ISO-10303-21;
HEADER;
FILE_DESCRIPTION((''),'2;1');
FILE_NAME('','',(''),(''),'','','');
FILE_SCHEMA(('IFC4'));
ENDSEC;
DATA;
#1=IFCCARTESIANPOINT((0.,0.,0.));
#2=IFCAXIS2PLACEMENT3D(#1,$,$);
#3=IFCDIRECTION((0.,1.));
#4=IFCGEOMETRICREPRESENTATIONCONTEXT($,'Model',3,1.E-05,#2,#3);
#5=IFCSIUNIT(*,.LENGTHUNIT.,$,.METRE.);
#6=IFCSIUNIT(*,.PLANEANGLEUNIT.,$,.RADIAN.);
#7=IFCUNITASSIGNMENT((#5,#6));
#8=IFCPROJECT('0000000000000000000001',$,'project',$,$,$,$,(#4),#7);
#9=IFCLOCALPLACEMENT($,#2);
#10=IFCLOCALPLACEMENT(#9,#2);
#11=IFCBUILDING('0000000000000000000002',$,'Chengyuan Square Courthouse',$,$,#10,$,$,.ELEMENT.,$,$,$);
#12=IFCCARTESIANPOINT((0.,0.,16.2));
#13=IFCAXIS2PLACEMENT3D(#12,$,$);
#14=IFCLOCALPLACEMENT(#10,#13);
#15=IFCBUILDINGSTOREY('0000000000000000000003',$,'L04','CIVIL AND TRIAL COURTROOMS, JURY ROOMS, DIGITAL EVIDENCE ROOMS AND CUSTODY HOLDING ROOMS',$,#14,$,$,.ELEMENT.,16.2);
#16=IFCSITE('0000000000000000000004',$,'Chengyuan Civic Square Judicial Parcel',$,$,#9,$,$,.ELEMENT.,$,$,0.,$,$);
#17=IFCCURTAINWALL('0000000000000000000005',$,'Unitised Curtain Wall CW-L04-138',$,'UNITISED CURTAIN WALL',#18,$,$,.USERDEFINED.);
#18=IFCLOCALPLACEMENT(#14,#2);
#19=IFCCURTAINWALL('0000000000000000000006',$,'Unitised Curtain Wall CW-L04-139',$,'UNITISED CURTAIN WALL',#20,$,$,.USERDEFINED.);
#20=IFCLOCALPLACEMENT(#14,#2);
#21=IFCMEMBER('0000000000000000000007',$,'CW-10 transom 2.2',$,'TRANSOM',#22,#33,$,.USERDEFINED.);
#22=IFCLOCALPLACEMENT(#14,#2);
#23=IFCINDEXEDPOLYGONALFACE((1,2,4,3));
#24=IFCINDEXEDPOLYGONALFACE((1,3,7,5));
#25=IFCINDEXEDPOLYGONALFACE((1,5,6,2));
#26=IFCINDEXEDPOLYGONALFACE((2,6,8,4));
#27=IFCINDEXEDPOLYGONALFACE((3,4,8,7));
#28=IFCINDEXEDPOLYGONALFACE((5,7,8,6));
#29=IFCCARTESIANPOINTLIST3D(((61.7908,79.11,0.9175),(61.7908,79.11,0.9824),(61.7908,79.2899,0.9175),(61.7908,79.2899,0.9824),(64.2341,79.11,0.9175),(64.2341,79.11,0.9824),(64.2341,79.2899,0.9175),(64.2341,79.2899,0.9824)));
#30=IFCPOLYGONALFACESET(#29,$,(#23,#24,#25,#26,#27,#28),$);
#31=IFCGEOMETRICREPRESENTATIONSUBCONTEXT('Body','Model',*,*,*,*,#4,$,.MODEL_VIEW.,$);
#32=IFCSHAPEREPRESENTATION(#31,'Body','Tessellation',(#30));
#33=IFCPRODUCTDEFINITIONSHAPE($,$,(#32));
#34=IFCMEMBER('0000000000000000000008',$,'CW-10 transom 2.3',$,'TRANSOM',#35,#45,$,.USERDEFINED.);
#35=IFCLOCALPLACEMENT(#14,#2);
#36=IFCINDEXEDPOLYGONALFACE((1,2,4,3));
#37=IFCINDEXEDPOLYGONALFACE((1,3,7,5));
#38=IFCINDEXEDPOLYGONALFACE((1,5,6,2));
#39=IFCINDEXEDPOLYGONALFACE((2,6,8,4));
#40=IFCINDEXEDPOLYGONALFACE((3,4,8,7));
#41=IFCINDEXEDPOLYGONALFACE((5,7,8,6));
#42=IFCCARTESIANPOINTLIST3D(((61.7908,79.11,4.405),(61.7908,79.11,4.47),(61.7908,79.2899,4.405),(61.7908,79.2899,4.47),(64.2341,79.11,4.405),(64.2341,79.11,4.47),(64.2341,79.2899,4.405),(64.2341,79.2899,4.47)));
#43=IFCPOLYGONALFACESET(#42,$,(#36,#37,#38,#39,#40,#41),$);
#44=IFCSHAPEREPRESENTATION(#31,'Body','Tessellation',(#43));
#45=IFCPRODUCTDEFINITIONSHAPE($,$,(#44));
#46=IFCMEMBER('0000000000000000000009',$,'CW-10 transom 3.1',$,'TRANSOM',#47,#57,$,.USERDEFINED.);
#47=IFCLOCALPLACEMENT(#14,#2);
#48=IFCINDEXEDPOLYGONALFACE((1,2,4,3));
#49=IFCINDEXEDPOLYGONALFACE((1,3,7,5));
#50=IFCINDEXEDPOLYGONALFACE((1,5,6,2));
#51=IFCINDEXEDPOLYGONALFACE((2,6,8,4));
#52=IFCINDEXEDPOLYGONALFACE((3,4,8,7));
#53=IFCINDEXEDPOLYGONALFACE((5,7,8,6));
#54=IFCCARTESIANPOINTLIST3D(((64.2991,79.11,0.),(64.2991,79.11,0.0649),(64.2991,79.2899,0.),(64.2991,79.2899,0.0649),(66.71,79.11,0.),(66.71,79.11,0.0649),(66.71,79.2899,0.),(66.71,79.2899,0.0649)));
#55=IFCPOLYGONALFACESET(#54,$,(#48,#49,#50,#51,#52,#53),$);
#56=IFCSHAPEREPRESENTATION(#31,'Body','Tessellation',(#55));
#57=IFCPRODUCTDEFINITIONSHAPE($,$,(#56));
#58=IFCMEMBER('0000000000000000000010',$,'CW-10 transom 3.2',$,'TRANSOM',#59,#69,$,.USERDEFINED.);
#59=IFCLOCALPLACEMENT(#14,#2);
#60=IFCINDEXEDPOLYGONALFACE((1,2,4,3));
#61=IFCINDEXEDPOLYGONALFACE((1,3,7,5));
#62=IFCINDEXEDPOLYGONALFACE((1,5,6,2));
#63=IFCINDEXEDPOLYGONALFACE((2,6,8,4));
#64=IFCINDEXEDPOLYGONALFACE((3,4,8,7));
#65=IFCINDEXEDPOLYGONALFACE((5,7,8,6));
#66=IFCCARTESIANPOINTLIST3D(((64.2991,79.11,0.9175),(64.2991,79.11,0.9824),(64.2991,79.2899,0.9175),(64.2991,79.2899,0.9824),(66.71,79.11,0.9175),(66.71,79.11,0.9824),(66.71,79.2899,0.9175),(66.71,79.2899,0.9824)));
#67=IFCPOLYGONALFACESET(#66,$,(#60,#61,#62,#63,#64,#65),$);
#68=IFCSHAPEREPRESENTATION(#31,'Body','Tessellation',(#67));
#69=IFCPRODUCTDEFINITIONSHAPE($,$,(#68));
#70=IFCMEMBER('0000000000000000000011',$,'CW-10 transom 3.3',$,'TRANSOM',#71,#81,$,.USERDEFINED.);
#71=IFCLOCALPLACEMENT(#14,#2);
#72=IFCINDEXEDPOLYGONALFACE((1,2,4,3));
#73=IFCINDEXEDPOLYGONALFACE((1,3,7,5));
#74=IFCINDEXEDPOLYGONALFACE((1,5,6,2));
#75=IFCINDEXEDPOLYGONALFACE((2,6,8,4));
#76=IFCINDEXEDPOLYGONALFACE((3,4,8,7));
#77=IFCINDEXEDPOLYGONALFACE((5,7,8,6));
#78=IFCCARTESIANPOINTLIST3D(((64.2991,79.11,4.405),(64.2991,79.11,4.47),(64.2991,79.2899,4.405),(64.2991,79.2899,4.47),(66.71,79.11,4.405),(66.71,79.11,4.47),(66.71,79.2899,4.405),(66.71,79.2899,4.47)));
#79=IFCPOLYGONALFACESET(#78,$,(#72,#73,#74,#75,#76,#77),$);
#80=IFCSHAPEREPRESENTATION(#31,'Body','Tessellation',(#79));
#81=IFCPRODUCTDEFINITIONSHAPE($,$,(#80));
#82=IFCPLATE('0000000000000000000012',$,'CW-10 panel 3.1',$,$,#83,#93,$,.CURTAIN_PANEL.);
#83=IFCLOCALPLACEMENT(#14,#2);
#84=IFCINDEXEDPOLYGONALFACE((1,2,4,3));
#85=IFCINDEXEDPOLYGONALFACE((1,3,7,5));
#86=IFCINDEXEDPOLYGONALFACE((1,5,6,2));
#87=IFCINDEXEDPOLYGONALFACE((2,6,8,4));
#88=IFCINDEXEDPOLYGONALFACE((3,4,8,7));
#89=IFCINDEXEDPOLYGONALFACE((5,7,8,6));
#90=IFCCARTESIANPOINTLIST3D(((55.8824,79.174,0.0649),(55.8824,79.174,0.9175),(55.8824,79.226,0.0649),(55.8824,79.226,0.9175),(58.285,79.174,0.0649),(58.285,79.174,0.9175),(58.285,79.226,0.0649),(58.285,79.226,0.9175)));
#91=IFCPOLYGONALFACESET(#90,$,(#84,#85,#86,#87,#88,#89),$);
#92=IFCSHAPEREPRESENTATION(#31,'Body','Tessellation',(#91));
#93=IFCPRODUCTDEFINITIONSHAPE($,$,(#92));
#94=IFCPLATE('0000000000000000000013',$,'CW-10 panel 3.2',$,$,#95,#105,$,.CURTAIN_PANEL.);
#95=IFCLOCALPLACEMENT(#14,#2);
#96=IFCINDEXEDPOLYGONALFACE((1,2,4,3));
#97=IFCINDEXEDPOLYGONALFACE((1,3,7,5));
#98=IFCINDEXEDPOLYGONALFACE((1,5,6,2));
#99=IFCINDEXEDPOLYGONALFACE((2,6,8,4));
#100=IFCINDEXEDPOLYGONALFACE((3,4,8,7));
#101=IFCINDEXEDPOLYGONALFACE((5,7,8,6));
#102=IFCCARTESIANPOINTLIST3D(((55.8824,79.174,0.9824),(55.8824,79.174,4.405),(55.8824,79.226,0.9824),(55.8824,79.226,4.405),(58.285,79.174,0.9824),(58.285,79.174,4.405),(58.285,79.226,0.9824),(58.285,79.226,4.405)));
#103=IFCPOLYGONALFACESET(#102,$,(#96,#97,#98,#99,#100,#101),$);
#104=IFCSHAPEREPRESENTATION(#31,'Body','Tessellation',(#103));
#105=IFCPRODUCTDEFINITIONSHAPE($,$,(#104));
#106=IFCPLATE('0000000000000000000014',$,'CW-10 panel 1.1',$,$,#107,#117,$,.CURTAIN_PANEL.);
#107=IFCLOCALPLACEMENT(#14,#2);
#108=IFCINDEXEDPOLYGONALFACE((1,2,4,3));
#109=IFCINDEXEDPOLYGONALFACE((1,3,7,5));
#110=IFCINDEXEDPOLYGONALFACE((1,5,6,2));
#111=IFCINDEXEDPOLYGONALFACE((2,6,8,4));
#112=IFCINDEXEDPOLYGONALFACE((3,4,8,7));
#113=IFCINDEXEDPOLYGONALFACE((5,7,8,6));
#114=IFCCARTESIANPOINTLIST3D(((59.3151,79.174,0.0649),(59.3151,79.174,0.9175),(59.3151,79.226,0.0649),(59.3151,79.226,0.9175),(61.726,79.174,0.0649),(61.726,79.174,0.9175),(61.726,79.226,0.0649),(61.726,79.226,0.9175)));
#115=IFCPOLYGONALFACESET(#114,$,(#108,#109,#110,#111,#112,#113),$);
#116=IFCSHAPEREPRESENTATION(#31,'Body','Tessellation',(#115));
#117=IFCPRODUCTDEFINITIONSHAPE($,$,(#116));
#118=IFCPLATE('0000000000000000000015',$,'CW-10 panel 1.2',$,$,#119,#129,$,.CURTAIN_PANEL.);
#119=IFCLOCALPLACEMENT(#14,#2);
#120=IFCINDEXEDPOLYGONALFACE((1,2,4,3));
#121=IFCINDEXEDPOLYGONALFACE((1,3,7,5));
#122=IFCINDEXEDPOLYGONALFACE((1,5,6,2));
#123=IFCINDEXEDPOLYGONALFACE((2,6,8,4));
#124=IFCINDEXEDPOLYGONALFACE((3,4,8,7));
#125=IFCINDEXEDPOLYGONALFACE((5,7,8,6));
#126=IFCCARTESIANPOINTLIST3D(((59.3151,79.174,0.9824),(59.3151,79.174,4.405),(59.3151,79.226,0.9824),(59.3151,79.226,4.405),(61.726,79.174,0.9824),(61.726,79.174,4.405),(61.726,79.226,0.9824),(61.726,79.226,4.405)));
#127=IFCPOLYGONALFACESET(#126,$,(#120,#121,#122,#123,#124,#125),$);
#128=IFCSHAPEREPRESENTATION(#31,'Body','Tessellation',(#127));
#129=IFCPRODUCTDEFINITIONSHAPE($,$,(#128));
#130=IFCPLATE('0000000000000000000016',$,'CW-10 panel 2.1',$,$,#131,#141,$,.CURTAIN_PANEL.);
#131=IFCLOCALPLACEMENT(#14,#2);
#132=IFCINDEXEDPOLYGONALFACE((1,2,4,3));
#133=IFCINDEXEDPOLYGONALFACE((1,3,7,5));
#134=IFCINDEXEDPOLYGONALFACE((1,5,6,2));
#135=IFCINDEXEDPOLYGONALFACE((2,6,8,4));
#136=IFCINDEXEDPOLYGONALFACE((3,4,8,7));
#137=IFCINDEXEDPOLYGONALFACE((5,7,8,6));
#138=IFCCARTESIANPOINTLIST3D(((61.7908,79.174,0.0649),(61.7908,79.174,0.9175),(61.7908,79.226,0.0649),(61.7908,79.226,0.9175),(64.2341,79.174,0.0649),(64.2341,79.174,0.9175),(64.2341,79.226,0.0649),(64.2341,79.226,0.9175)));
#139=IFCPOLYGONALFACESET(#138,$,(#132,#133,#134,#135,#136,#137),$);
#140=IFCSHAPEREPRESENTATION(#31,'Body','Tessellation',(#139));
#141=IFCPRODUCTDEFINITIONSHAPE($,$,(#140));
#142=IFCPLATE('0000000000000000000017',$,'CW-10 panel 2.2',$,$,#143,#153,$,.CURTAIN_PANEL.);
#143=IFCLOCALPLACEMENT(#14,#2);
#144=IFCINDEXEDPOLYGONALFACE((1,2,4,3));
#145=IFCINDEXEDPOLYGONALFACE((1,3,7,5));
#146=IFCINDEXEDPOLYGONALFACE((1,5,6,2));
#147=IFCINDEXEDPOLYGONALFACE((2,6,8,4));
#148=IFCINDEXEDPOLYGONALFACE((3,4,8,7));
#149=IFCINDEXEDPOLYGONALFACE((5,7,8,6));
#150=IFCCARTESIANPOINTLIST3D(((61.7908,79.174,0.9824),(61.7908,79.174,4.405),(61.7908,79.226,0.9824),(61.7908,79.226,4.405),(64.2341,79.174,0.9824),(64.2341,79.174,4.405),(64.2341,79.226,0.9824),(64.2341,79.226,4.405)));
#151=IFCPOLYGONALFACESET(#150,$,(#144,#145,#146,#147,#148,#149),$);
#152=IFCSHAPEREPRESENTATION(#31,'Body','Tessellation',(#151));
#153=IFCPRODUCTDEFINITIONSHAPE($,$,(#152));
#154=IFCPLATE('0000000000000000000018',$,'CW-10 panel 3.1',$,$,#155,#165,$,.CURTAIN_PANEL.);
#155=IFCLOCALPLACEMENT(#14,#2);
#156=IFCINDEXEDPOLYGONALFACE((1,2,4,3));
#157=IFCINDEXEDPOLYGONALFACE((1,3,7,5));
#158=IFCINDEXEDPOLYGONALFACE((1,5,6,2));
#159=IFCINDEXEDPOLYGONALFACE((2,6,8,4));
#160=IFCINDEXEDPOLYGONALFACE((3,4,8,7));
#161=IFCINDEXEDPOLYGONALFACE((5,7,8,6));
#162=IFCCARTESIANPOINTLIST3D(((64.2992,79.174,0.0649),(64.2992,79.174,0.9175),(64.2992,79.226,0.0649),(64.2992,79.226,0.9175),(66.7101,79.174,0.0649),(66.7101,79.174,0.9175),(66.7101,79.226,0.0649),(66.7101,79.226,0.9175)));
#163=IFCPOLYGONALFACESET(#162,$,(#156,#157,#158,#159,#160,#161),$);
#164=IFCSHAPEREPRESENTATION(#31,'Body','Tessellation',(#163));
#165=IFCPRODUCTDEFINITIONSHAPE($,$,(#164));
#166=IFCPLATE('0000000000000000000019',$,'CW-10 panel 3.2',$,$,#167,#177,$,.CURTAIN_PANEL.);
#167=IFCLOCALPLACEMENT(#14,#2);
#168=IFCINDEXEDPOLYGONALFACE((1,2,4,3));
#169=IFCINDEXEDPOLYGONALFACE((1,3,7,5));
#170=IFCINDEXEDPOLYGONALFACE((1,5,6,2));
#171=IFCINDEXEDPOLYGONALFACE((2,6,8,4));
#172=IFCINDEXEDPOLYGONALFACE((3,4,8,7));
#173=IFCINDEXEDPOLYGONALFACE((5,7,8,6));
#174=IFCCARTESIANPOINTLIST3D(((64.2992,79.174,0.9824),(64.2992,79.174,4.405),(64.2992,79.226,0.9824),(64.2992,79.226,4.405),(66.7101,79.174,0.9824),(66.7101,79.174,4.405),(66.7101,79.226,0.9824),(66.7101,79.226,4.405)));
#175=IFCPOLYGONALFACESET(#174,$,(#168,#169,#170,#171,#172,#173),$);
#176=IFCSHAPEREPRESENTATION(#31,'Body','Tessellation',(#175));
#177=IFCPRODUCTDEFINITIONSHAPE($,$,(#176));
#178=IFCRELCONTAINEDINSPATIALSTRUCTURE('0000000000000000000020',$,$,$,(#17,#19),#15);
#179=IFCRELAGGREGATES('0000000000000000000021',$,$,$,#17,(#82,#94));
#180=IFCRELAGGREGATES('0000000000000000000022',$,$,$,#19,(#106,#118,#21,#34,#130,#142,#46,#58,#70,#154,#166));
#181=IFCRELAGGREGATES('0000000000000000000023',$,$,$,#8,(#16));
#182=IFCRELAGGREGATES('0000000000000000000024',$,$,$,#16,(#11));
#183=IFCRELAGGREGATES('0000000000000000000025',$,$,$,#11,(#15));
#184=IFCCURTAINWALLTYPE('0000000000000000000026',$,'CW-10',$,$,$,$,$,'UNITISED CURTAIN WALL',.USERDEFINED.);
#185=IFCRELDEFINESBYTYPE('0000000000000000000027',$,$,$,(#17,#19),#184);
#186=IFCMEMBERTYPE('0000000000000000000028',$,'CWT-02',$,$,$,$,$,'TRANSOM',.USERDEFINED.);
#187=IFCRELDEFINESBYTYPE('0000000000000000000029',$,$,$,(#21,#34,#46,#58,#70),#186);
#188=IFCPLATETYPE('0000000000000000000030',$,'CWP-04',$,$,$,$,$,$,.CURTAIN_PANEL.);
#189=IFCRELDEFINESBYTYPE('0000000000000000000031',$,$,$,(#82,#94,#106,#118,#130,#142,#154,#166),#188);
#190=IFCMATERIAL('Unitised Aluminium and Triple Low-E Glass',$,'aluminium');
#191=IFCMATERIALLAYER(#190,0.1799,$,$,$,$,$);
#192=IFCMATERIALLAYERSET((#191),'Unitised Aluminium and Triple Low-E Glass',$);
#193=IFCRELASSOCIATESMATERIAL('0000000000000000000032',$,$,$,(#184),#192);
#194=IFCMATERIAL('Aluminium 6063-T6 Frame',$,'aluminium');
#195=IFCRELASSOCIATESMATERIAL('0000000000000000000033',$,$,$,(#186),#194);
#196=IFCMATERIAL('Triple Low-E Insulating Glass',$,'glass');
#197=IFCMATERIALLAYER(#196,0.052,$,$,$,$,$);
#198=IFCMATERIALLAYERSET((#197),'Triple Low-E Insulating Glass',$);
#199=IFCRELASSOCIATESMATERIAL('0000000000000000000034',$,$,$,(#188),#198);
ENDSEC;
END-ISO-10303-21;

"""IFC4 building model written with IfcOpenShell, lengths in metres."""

from ifc_helpers import new_model, si_unit, direction, frame, origin, origin_2d, place, context, subcontext, project, spatial, rectangle, extrude, material, layer, layer_set, material_profile, profile_set, type_object, element, aggregate, save


model = new_model("IFC4")

# Units and contexts
model_context = context("Model", 3, precision=1e-05, world=origin(), true_north=direction((0.0, 1.0)))
body_context = subcontext(model_context, "Body", "Model", "MODEL_VIEW")
ifc_project = project(units=[si_unit("LENGTHUNIT", "METRE"), si_unit("PLANEANGLEUNIT", "RADIAN")], contexts=[model_context])

# Site, building, storey
site_placement = place(None, origin())
site = spatial("IfcSite", under=ifc_project, at=site_placement, Name="Chengyuan Civic Square Judicial Parcel", CompositionType="ELEMENT", RefElevation=0.0)
building_placement = place(site_placement, origin())
building = spatial("IfcBuilding", under=site, at=building_placement, Name="Chengyuan Square Courthouse", CompositionType="ELEMENT")
storey_placement = place(building_placement, frame((0.0, 0.0, 16.2)))
storey = spatial("IfcBuildingStorey", under=building, at=storey_placement, Name="L04", Description="CIVIL AND TRIAL COURTROOMS, JURY ROOMS, DIGITAL EVIDENCE ROOMS AND CUSTODY HOLDING ROOMS", CompositionType="ELEMENT", Elevation=16.2)

# Curtain wall
ifc_material_1 = material(Name="Unitised Aluminium and Triple Low-E Glass", Category="aluminium")
ifc_layer_1 = layer(ifc_material_1, 0.1799)
ifc_layer_set_1 = layer_set([ifc_layer_1], Name="Unitised Aluminium and Triple Low-E Glass")
curtain_wall_type = type_object("IfcCurtainWallType", Name="CW-10", ElementType="UNITISED CURTAIN WALL", PredefinedType="USERDEFINED", material=ifc_layer_set_1)
curtain_wall_1_placement = place(storey_placement, origin())
curtain_wall_1 = element("IfcCurtainWall", 1, at=curtain_wall_1_placement, inside=storey, type_object=curtain_wall_type, Name="Unitised Curtain Wall CW-L04-138", ObjectType="UNITISED CURTAIN WALL", PredefinedType="USERDEFINED")
ifc_material_2 = material(Name="Aluminium 6063-T6 Frame", Category="aluminium")

# Curtain wall, members
curtain_wall_2_placement = place(storey_placement, origin())
curtain_wall_2 = element("IfcCurtainWall", 2, at=curtain_wall_2_placement, inside=storey, type_object=curtain_wall_type, Name="Unitised Curtain Wall CW-L04-139", ObjectType="UNITISED CURTAIN WALL", PredefinedType="USERDEFINED")
ifc_material_profile_1 = material_profile(ifc_material_2, rectangle(XDim=0.1799, YDim=0.0649, at=origin_2d()), Name="CW-TRN-65x140")
ifc_profile_set_1 = profile_set([ifc_material_profile_1], Name="Aluminium 6063-T6 Frame")
member_type_1 = type_object("IfcMemberType", Name="CWT-02", ElementType="TRANSOM", PredefinedType="USERDEFINED", material=ifc_profile_set_1)
member_1_placement = place(storey_placement, frame((61.7908, 79.2, 0.95), z_axis=(1.0, 0.0, 0.0), x_axis=(0.0, 1.0, 0.0)))
member_1 = element("IfcMember", 3, at=member_1_placement, type_object=member_type_1, Name="CW-10 transom 2.2", ObjectType="TRANSOM", PredefinedType="USERDEFINED", context=body_context, shape_type="SweptSolid", body=[
    extrude(rectangle(XDim=0.1799, YDim=0.0649, at=origin_2d()), origin(), (0.0, 0.0, 1.0), 2.4434),
])
member_2_placement = place(storey_placement, frame((61.7908, 79.2, 4.4375), z_axis=(1.0, 0.0, 0.0), x_axis=(0.0, 1.0, 0.0)))
member_2 = element("IfcMember", 4, at=member_2_placement, type_object=member_type_1, Name="CW-10 transom 2.3", ObjectType="TRANSOM", PredefinedType="USERDEFINED", context=body_context, shape_type="SweptSolid", body=[
    extrude(rectangle(XDim=0.1799, YDim=0.0649, at=origin_2d()), origin(), (0.0, 0.0, 1.0), 2.4434),
])
member_3_placement = place(storey_placement, frame((64.2991, 79.2, 0.0325), z_axis=(1.0, 0.0, 0.0), x_axis=(0.0, 1.0, 0.0)))
member_3 = element("IfcMember", 5, at=member_3_placement, type_object=member_type_1, Name="CW-10 transom 3.1", ObjectType="TRANSOM", PredefinedType="USERDEFINED", context=body_context, shape_type="SweptSolid", body=[
    extrude(rectangle(XDim=0.1799, YDim=0.0649, at=origin_2d()), origin(), (0.0, 0.0, 1.0), 2.4109),
])
member_4_placement = place(storey_placement, frame((64.2991, 79.2, 0.95), z_axis=(1.0, 0.0, 0.0), x_axis=(0.0, 1.0, 0.0)))
member_4 = element("IfcMember", 6, at=member_4_placement, type_object=member_type_1, Name="CW-10 transom 3.2", ObjectType="TRANSOM", PredefinedType="USERDEFINED", context=body_context, shape_type="SweptSolid", body=[
    extrude(rectangle(XDim=0.1799, YDim=0.0649, at=origin_2d()), origin(), (0.0, 0.0, 1.0), 2.4109),
])
member_5_placement = place(storey_placement, frame((64.2991, 79.2, 4.4375), z_axis=(1.0, 0.0, 0.0), x_axis=(0.0, 1.0, 0.0)))
member_5 = element("IfcMember", 7, at=member_5_placement, type_object=member_type_1, Name="CW-10 transom 3.3", ObjectType="TRANSOM", PredefinedType="USERDEFINED", context=body_context, shape_type="SweptSolid", body=[
    extrude(rectangle(XDim=0.1799, YDim=0.0649, at=origin_2d()), origin(), (0.0, 0.0, 1.0), 2.4109),
])

# Plates
ifc_material_3 = material(Name="Triple Low-E Insulating Glass", Category="glass")
ifc_layer_2 = layer(ifc_material_3, 0.052)
ifc_layer_set_2 = layer_set([ifc_layer_2], Name="Triple Low-E Insulating Glass")
plate_type = type_object("IfcPlateType", Name="CWP-04", PredefinedType="CURTAIN_PANEL", material=ifc_layer_set_2)
plate_1_placement = place(storey_placement, frame((57.0837, 79.2, 0.0649), z_axis=(0.0, 0.0, 1.0), x_axis=(1.0, 0.0, 0.0)))
plate_1 = element("IfcPlate", 8, at=plate_1_placement, type_object=plate_type, Name="CW-10 panel 3.1", PredefinedType="CURTAIN_PANEL", context=body_context, shape_type="SweptSolid", body=[
    extrude(rectangle(XDim=2.4026, YDim=0.052, at=origin_2d()), origin(), (0.0, 0.0, 1.0), 0.8525),
])
plate_2_placement = place(storey_placement, frame((57.0837, 79.2, 0.9824), z_axis=(0.0, 0.0, 1.0), x_axis=(1.0, 0.0, 0.0)))
plate_2 = element("IfcPlate", 9, at=plate_2_placement, type_object=plate_type, Name="CW-10 panel 3.2", PredefinedType="CURTAIN_PANEL", context=body_context, shape_type="SweptSolid", body=[
    extrude(rectangle(XDim=2.4026, YDim=0.052, at=origin_2d()), origin(), (0.0, 0.0, 1.0), 3.4226),
])
aggregate(curtain_wall_1, [plate_1, plate_2])
plate_3_placement = place(storey_placement, frame((60.5205, 79.2, 0.0649), z_axis=(0.0, 0.0, 1.0), x_axis=(1.0, 0.0, 0.0)))
plate_3 = element("IfcPlate", 10, at=plate_3_placement, type_object=plate_type, Name="CW-10 panel 1.1", PredefinedType="CURTAIN_PANEL", context=body_context, shape_type="SweptSolid", body=[
    extrude(rectangle(XDim=2.4109, YDim=0.052, at=origin_2d()), origin(), (0.0, 0.0, 1.0), 0.8525),
])
plate_4_placement = place(storey_placement, frame((60.5205, 79.2, 0.9824), z_axis=(0.0, 0.0, 1.0), x_axis=(1.0, 0.0, 0.0)))
plate_4 = element("IfcPlate", 11, at=plate_4_placement, type_object=plate_type, Name="CW-10 panel 1.2", PredefinedType="CURTAIN_PANEL", context=body_context, shape_type="SweptSolid", body=[
    extrude(rectangle(XDim=2.4109, YDim=0.052, at=origin_2d()), origin(), (0.0, 0.0, 1.0), 3.4226),
])
plate_5_placement = place(storey_placement, frame((63.0125, 79.2, 0.0649), z_axis=(0.0, 0.0, 1.0), x_axis=(1.0, 0.0, 0.0)))
plate_5 = element("IfcPlate", 12, at=plate_5_placement, type_object=plate_type, Name="CW-10 panel 2.1", PredefinedType="CURTAIN_PANEL", context=body_context, shape_type="SweptSolid", body=[
    extrude(rectangle(XDim=2.4434, YDim=0.052, at=origin_2d()), origin(), (0.0, 0.0, 1.0), 0.8525),
])
plate_6_placement = place(storey_placement, frame((63.0125, 79.2, 0.9824), z_axis=(0.0, 0.0, 1.0), x_axis=(1.0, 0.0, 0.0)))
plate_6 = element("IfcPlate", 13, at=plate_6_placement, type_object=plate_type, Name="CW-10 panel 2.2", PredefinedType="CURTAIN_PANEL", context=body_context, shape_type="SweptSolid", body=[
    extrude(rectangle(XDim=2.4434, YDim=0.052, at=origin_2d()), origin(), (0.0, 0.0, 1.0), 3.4226),
])
plate_7_placement = place(storey_placement, frame((65.5046, 79.2, 0.0649), z_axis=(0.0, 0.0, 1.0), x_axis=(1.0, 0.0, 0.0)))
plate_7 = element("IfcPlate", 14, at=plate_7_placement, type_object=plate_type, Name="CW-10 panel 3.1", PredefinedType="CURTAIN_PANEL", context=body_context, shape_type="SweptSolid", body=[
    extrude(rectangle(XDim=2.4109, YDim=0.052, at=origin_2d()), origin(), (0.0, 0.0, 1.0), 0.8525),
])
plate_8_placement = place(storey_placement, frame((65.5046, 79.2, 0.9824), z_axis=(0.0, 0.0, 1.0), x_axis=(1.0, 0.0, 0.0)))
plate_8 = element("IfcPlate", 15, at=plate_8_placement, type_object=plate_type, Name="CW-10 panel 3.2", PredefinedType="CURTAIN_PANEL", context=body_context, shape_type="SweptSolid", body=[
    extrude(rectangle(XDim=2.4109, YDim=0.052, at=origin_2d()), origin(), (0.0, 0.0, 1.0), 3.4226),
])
aggregate(curtain_wall_2, [plate_3, plate_4, member_1, member_2, plate_5, plate_6, member_3, member_4, member_5, plate_7, plate_8])

save(model, "model.ifc")
